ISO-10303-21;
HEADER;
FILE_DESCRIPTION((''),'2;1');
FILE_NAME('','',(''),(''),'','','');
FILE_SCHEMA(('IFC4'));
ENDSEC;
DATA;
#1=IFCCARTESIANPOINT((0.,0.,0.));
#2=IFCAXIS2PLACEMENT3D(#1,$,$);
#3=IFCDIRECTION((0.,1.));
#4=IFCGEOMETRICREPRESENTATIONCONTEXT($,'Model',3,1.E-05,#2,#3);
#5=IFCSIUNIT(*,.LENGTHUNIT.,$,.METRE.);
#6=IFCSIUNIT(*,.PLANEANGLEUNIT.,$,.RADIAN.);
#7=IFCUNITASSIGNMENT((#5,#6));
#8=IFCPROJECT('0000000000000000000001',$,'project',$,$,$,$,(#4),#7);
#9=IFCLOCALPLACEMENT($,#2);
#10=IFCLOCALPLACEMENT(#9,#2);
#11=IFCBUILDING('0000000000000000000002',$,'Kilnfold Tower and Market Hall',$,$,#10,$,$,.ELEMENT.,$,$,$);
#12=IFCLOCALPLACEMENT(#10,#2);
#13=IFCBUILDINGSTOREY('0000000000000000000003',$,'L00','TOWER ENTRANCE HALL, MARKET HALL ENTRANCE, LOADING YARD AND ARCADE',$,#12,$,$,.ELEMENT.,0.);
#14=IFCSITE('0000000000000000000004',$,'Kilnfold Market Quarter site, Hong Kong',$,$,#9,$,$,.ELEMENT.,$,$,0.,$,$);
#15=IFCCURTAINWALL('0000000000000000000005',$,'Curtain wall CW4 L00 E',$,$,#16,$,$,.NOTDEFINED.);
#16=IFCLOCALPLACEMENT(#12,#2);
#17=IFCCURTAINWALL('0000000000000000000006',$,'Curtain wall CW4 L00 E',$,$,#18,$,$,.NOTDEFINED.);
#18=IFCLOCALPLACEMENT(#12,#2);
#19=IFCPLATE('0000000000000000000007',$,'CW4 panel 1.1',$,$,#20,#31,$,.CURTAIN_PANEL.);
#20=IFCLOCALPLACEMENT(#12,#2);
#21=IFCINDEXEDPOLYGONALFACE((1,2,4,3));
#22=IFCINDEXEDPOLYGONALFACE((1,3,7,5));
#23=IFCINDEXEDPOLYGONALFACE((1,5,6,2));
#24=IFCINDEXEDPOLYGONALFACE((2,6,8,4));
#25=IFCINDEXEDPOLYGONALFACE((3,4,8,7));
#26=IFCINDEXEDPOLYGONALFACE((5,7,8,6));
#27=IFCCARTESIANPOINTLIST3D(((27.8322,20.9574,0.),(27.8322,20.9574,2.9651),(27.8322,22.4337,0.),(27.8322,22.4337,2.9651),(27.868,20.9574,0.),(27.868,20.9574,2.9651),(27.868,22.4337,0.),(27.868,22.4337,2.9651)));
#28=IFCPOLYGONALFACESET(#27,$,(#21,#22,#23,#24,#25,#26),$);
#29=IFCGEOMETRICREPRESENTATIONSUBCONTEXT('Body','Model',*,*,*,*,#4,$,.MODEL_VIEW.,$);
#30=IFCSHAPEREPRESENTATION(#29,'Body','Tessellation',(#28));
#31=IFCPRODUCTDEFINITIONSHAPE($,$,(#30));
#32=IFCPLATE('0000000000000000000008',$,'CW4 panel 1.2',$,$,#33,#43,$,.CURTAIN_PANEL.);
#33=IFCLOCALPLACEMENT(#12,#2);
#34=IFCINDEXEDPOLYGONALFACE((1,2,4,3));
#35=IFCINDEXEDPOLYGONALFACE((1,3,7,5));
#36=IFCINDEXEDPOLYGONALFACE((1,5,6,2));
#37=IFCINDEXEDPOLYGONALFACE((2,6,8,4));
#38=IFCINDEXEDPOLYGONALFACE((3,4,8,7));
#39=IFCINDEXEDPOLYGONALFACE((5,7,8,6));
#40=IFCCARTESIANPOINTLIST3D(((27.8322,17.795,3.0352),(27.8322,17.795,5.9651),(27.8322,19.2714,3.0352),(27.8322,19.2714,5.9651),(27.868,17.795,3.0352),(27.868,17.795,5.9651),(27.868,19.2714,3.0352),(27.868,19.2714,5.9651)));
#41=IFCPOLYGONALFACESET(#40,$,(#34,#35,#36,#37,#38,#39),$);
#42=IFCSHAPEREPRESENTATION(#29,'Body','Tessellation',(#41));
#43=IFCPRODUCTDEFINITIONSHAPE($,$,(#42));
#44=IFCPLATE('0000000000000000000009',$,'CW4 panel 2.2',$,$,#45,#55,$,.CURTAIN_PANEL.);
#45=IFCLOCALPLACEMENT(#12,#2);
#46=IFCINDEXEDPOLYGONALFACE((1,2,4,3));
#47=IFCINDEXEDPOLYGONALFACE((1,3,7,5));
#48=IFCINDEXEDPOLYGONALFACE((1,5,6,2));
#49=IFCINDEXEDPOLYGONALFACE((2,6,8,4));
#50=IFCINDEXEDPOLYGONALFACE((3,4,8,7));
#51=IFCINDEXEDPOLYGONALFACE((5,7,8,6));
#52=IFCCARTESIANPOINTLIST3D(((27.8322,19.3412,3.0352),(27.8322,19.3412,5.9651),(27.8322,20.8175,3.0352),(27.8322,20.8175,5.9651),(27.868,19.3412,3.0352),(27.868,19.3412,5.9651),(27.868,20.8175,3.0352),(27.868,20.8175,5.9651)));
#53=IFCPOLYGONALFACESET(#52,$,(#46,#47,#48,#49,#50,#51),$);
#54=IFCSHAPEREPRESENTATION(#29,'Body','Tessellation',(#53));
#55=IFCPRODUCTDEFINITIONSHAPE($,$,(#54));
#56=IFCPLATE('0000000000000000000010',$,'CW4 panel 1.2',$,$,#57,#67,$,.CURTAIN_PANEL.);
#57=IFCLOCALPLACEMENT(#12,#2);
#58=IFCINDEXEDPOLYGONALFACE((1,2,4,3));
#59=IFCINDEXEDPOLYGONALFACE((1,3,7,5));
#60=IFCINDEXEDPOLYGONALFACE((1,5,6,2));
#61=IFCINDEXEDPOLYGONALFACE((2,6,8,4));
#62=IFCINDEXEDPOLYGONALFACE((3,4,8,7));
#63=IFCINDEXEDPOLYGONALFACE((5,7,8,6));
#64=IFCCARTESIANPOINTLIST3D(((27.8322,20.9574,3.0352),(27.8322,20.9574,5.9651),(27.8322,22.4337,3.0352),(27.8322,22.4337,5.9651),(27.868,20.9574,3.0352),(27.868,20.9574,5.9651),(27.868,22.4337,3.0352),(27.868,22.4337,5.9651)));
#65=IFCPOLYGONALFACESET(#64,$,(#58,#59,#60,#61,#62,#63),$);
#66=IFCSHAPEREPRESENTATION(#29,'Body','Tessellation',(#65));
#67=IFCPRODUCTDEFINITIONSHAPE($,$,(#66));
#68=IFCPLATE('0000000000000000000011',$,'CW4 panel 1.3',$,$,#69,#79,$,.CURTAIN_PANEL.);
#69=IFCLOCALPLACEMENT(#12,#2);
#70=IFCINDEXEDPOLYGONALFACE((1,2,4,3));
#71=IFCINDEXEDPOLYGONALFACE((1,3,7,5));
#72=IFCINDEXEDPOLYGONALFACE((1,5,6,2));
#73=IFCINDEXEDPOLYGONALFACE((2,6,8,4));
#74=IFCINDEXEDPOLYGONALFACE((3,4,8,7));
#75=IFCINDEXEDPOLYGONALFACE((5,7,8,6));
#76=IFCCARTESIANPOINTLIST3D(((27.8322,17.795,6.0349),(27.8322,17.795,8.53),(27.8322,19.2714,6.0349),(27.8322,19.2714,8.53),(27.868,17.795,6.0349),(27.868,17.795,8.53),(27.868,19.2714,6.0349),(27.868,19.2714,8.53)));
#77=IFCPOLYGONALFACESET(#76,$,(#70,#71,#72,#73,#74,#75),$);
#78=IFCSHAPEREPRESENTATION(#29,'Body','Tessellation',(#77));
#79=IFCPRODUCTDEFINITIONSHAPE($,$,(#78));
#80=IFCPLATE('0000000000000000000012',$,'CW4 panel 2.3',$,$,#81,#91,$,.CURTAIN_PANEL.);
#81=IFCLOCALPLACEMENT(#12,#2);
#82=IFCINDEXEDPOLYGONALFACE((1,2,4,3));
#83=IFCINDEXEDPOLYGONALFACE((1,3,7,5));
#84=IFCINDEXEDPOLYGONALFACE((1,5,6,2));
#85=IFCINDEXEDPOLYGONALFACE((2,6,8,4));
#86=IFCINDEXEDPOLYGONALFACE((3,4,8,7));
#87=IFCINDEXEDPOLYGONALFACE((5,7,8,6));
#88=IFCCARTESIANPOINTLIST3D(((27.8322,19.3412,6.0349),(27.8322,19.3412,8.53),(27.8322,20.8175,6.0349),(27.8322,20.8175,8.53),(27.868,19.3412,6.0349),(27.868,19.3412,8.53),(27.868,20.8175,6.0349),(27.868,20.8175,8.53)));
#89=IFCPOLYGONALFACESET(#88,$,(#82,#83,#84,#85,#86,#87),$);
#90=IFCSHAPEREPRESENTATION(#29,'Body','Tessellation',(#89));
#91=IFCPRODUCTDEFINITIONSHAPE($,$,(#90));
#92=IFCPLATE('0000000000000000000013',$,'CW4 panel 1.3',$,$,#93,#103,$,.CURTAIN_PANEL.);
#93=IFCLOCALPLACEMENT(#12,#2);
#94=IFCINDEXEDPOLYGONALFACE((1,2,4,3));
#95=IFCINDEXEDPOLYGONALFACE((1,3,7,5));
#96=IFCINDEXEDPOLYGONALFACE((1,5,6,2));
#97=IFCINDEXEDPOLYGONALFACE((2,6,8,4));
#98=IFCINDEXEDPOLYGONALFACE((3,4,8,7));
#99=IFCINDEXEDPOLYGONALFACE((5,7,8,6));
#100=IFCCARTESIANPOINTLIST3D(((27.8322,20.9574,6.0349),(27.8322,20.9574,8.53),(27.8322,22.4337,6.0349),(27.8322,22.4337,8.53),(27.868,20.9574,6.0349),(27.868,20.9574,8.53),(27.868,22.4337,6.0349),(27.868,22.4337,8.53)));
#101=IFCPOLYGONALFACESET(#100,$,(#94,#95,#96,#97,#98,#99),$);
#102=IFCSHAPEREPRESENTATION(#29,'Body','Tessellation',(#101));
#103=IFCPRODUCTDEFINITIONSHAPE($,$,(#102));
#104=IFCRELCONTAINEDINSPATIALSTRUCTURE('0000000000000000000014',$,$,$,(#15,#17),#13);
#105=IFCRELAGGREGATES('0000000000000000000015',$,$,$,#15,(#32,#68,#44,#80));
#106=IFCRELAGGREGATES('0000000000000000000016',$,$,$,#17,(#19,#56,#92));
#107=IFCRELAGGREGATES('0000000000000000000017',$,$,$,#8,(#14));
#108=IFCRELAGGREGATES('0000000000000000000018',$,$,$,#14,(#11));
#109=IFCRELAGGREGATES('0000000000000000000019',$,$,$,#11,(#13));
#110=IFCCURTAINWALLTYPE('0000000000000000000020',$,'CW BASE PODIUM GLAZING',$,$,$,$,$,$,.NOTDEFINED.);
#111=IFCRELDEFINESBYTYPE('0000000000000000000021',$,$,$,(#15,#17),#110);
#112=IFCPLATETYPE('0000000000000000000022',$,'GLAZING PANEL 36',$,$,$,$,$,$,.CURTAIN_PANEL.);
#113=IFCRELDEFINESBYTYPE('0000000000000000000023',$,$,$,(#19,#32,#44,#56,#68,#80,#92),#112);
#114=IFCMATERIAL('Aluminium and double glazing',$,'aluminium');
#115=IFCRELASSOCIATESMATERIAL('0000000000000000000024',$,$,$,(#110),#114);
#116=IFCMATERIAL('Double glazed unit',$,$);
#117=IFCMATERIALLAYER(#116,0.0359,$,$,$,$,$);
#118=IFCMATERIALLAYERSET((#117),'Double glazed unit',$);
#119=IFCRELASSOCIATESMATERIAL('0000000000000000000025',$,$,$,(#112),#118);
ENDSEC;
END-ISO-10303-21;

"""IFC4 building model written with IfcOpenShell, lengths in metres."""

from ifc_helpers import new_model, si_unit, direction, frame, origin, origin_2d, place, context, subcontext, project, spatial, rectangle, extrude, source, transform, mapped, material, layer, layer_set, type_object, element, aggregate, save


model = new_model("IFC4")

# Units and contexts
model_context = context("Model", 3, precision=1e-05, world=origin(), true_north=direction((0.0, 1.0)))
body_context = subcontext(model_context, "Body", "Model", "MODEL_VIEW")
ifc_project = project(units=[si_unit("LENGTHUNIT", "METRE"), si_unit("PLANEANGLEUNIT", "RADIAN")], contexts=[model_context])

# Site, building, storey
site_placement = place(None, origin())
site = spatial("IfcSite", under=ifc_project, at=site_placement, Name="Kilnfold Market Quarter site, Hong Kong", CompositionType="ELEMENT", RefElevation=0.0)
building_placement = place(site_placement, origin())
building = spatial("IfcBuilding", under=site, at=building_placement, Name="Kilnfold Tower and Market Hall", CompositionType="ELEMENT")
storey_placement = place(building_placement, origin())
storey = spatial("IfcBuildingStorey", under=building, at=storey_placement, Name="L00", Description="TOWER ENTRANCE HALL, MARKET HALL ENTRANCE, LOADING YARD AND ARCADE", CompositionType="ELEMENT", Elevation=0.0)

# Curtain walls
ifc_material_1 = material(Name="Aluminium and double glazing", Category="aluminium")
curtain_wall_type = type_object("IfcCurtainWallType", Name="CW BASE PODIUM GLAZING", PredefinedType="NOTDEFINED", material=ifc_material_1)
curtain_wall_1_placement = place(storey_placement, origin())
curtain_wall_1 = element("IfcCurtainWall", 1, at=curtain_wall_1_placement, inside=storey, type_object=curtain_wall_type, Name="Curtain wall CW4 L00 E", PredefinedType="NOTDEFINED")
curtain_wall_2_placement = place(storey_placement, origin())
curtain_wall_2 = element("IfcCurtainWall", 2, at=curtain_wall_2_placement, inside=storey, type_object=curtain_wall_type, Name="Curtain wall CW4 L00 E", PredefinedType="NOTDEFINED")

# Plates
ifc_material_2 = material(Name="Double glazed unit")
ifc_layer = layer(ifc_material_2, 0.0359)
ifc_layer_set = layer_set([ifc_layer], Name="Double glazed unit")
plate_type = type_object("IfcPlateType", Name="GLAZING PANEL 36", PredefinedType="CURTAIN_PANEL", material=ifc_layer_set)
shared_shape_1 = source(origin(), body_context, "Body", "SweptSolid", [
    extrude(rectangle(XDim=1.4763, YDim=0.0359, at=origin_2d()), origin(), (0.0, 0.0, 1.0), 2.9651),
])
plate_1_placement = place(storey_placement, frame((27.8501, 21.6956, 0.0), z_axis=(0.0, 0.0, 1.0), x_axis=(0.0, 1.0, 0.0)))
plate_1 = element("IfcPlate", 3, at=plate_1_placement, type_object=plate_type, Name="CW4 panel 1.1", PredefinedType="CURTAIN_PANEL", context=body_context, shape_type="MappedRepresentation", body=[
    mapped(shared_shape_1, transform((0.0, 0.0, 0.0))),
])
shared_shape_2 = source(origin(), body_context, "Body", "SweptSolid", [
    extrude(rectangle(XDim=1.4763, YDim=0.0359, at=origin_2d()), origin(), (0.0, 0.0, 1.0), 2.9299),
])
plate_2_placement = place(storey_placement, frame((27.8501, 18.5332, 3.0352), z_axis=(0.0, 0.0, 1.0), x_axis=(0.0, 1.0, 0.0)))
plate_2 = element("IfcPlate", 4, at=plate_2_placement, type_object=plate_type, Name="CW4 panel 1.2", PredefinedType="CURTAIN_PANEL", context=body_context, shape_type="MappedRepresentation", body=[
    mapped(shared_shape_2, transform((0.0, 0.0, 0.0))),
])
plate_3_placement = place(storey_placement, frame((27.8501, 20.0793, 3.0352), z_axis=(0.0, 0.0, 1.0), x_axis=(0.0, 1.0, 0.0)))
plate_3 = element("IfcPlate", 5, at=plate_3_placement, type_object=plate_type, Name="CW4 panel 2.2", PredefinedType="CURTAIN_PANEL", context=body_context, shape_type="MappedRepresentation", body=[
    mapped(shared_shape_2, transform((0.0, 0.0, 0.0))),
])
plate_4_placement = place(storey_placement, frame((27.8501, 21.6956, 3.0352), z_axis=(0.0, 0.0, 1.0), x_axis=(0.0, 1.0, 0.0)))
plate_4 = element("IfcPlate", 6, at=plate_4_placement, type_object=plate_type, Name="CW4 panel 1.2", PredefinedType="CURTAIN_PANEL", context=body_context, shape_type="MappedRepresentation", body=[
    mapped(shared_shape_2, transform((0.0, 0.0, 0.0))),
])
shared_shape_3 = source(origin(), body_context, "Body", "SweptSolid", [
    extrude(rectangle(XDim=1.4763, YDim=0.0359, at=origin_2d()), origin(), (0.0, 0.0, 1.0), 2.4951),
])
plate_5_placement = place(storey_placement, frame((27.8501, 18.5332, 6.0349), z_axis=(0.0, 0.0, 1.0), x_axis=(0.0, 1.0, 0.0)))
plate_5 = element("IfcPlate", 7, at=plate_5_placement, type_object=plate_type, Name="CW4 panel 1.3", PredefinedType="CURTAIN_PANEL", context=body_context, shape_type="MappedRepresentation", body=[
    mapped(shared_shape_3, transform((0.0, 0.0, 0.0))),
])
plate_6_placement = place(storey_placement, frame((27.8501, 20.0793, 6.0349), z_axis=(0.0, 0.0, 1.0), x_axis=(0.0, 1.0, 0.0)))
plate_6 = element("IfcPlate", 8, at=plate_6_placement, type_object=plate_type, Name="CW4 panel 2.3", PredefinedType="CURTAIN_PANEL", context=body_context, shape_type="MappedRepresentation", body=[
    mapped(shared_shape_3, transform((0.0, 0.0, 0.0))),
])
aggregate(curtain_wall_1, [plate_2, plate_5, plate_3, plate_6])
plate_7_placement = place(storey_placement, frame((27.8501, 21.6956, 6.0349), z_axis=(0.0, 0.0, 1.0), x_axis=(0.0, 1.0, 0.0)))
plate_7 = element("IfcPlate", 9, at=plate_7_placement, type_object=plate_type, Name="CW4 panel 1.3", PredefinedType="CURTAIN_PANEL", context=body_context, shape_type="MappedRepresentation", body=[
    mapped(shared_shape_3, transform((0.0, 0.0, 0.0))),
])
aggregate(curtain_wall_2, [plate_1, plate_4, plate_7])

save(model, "model.ifc")
